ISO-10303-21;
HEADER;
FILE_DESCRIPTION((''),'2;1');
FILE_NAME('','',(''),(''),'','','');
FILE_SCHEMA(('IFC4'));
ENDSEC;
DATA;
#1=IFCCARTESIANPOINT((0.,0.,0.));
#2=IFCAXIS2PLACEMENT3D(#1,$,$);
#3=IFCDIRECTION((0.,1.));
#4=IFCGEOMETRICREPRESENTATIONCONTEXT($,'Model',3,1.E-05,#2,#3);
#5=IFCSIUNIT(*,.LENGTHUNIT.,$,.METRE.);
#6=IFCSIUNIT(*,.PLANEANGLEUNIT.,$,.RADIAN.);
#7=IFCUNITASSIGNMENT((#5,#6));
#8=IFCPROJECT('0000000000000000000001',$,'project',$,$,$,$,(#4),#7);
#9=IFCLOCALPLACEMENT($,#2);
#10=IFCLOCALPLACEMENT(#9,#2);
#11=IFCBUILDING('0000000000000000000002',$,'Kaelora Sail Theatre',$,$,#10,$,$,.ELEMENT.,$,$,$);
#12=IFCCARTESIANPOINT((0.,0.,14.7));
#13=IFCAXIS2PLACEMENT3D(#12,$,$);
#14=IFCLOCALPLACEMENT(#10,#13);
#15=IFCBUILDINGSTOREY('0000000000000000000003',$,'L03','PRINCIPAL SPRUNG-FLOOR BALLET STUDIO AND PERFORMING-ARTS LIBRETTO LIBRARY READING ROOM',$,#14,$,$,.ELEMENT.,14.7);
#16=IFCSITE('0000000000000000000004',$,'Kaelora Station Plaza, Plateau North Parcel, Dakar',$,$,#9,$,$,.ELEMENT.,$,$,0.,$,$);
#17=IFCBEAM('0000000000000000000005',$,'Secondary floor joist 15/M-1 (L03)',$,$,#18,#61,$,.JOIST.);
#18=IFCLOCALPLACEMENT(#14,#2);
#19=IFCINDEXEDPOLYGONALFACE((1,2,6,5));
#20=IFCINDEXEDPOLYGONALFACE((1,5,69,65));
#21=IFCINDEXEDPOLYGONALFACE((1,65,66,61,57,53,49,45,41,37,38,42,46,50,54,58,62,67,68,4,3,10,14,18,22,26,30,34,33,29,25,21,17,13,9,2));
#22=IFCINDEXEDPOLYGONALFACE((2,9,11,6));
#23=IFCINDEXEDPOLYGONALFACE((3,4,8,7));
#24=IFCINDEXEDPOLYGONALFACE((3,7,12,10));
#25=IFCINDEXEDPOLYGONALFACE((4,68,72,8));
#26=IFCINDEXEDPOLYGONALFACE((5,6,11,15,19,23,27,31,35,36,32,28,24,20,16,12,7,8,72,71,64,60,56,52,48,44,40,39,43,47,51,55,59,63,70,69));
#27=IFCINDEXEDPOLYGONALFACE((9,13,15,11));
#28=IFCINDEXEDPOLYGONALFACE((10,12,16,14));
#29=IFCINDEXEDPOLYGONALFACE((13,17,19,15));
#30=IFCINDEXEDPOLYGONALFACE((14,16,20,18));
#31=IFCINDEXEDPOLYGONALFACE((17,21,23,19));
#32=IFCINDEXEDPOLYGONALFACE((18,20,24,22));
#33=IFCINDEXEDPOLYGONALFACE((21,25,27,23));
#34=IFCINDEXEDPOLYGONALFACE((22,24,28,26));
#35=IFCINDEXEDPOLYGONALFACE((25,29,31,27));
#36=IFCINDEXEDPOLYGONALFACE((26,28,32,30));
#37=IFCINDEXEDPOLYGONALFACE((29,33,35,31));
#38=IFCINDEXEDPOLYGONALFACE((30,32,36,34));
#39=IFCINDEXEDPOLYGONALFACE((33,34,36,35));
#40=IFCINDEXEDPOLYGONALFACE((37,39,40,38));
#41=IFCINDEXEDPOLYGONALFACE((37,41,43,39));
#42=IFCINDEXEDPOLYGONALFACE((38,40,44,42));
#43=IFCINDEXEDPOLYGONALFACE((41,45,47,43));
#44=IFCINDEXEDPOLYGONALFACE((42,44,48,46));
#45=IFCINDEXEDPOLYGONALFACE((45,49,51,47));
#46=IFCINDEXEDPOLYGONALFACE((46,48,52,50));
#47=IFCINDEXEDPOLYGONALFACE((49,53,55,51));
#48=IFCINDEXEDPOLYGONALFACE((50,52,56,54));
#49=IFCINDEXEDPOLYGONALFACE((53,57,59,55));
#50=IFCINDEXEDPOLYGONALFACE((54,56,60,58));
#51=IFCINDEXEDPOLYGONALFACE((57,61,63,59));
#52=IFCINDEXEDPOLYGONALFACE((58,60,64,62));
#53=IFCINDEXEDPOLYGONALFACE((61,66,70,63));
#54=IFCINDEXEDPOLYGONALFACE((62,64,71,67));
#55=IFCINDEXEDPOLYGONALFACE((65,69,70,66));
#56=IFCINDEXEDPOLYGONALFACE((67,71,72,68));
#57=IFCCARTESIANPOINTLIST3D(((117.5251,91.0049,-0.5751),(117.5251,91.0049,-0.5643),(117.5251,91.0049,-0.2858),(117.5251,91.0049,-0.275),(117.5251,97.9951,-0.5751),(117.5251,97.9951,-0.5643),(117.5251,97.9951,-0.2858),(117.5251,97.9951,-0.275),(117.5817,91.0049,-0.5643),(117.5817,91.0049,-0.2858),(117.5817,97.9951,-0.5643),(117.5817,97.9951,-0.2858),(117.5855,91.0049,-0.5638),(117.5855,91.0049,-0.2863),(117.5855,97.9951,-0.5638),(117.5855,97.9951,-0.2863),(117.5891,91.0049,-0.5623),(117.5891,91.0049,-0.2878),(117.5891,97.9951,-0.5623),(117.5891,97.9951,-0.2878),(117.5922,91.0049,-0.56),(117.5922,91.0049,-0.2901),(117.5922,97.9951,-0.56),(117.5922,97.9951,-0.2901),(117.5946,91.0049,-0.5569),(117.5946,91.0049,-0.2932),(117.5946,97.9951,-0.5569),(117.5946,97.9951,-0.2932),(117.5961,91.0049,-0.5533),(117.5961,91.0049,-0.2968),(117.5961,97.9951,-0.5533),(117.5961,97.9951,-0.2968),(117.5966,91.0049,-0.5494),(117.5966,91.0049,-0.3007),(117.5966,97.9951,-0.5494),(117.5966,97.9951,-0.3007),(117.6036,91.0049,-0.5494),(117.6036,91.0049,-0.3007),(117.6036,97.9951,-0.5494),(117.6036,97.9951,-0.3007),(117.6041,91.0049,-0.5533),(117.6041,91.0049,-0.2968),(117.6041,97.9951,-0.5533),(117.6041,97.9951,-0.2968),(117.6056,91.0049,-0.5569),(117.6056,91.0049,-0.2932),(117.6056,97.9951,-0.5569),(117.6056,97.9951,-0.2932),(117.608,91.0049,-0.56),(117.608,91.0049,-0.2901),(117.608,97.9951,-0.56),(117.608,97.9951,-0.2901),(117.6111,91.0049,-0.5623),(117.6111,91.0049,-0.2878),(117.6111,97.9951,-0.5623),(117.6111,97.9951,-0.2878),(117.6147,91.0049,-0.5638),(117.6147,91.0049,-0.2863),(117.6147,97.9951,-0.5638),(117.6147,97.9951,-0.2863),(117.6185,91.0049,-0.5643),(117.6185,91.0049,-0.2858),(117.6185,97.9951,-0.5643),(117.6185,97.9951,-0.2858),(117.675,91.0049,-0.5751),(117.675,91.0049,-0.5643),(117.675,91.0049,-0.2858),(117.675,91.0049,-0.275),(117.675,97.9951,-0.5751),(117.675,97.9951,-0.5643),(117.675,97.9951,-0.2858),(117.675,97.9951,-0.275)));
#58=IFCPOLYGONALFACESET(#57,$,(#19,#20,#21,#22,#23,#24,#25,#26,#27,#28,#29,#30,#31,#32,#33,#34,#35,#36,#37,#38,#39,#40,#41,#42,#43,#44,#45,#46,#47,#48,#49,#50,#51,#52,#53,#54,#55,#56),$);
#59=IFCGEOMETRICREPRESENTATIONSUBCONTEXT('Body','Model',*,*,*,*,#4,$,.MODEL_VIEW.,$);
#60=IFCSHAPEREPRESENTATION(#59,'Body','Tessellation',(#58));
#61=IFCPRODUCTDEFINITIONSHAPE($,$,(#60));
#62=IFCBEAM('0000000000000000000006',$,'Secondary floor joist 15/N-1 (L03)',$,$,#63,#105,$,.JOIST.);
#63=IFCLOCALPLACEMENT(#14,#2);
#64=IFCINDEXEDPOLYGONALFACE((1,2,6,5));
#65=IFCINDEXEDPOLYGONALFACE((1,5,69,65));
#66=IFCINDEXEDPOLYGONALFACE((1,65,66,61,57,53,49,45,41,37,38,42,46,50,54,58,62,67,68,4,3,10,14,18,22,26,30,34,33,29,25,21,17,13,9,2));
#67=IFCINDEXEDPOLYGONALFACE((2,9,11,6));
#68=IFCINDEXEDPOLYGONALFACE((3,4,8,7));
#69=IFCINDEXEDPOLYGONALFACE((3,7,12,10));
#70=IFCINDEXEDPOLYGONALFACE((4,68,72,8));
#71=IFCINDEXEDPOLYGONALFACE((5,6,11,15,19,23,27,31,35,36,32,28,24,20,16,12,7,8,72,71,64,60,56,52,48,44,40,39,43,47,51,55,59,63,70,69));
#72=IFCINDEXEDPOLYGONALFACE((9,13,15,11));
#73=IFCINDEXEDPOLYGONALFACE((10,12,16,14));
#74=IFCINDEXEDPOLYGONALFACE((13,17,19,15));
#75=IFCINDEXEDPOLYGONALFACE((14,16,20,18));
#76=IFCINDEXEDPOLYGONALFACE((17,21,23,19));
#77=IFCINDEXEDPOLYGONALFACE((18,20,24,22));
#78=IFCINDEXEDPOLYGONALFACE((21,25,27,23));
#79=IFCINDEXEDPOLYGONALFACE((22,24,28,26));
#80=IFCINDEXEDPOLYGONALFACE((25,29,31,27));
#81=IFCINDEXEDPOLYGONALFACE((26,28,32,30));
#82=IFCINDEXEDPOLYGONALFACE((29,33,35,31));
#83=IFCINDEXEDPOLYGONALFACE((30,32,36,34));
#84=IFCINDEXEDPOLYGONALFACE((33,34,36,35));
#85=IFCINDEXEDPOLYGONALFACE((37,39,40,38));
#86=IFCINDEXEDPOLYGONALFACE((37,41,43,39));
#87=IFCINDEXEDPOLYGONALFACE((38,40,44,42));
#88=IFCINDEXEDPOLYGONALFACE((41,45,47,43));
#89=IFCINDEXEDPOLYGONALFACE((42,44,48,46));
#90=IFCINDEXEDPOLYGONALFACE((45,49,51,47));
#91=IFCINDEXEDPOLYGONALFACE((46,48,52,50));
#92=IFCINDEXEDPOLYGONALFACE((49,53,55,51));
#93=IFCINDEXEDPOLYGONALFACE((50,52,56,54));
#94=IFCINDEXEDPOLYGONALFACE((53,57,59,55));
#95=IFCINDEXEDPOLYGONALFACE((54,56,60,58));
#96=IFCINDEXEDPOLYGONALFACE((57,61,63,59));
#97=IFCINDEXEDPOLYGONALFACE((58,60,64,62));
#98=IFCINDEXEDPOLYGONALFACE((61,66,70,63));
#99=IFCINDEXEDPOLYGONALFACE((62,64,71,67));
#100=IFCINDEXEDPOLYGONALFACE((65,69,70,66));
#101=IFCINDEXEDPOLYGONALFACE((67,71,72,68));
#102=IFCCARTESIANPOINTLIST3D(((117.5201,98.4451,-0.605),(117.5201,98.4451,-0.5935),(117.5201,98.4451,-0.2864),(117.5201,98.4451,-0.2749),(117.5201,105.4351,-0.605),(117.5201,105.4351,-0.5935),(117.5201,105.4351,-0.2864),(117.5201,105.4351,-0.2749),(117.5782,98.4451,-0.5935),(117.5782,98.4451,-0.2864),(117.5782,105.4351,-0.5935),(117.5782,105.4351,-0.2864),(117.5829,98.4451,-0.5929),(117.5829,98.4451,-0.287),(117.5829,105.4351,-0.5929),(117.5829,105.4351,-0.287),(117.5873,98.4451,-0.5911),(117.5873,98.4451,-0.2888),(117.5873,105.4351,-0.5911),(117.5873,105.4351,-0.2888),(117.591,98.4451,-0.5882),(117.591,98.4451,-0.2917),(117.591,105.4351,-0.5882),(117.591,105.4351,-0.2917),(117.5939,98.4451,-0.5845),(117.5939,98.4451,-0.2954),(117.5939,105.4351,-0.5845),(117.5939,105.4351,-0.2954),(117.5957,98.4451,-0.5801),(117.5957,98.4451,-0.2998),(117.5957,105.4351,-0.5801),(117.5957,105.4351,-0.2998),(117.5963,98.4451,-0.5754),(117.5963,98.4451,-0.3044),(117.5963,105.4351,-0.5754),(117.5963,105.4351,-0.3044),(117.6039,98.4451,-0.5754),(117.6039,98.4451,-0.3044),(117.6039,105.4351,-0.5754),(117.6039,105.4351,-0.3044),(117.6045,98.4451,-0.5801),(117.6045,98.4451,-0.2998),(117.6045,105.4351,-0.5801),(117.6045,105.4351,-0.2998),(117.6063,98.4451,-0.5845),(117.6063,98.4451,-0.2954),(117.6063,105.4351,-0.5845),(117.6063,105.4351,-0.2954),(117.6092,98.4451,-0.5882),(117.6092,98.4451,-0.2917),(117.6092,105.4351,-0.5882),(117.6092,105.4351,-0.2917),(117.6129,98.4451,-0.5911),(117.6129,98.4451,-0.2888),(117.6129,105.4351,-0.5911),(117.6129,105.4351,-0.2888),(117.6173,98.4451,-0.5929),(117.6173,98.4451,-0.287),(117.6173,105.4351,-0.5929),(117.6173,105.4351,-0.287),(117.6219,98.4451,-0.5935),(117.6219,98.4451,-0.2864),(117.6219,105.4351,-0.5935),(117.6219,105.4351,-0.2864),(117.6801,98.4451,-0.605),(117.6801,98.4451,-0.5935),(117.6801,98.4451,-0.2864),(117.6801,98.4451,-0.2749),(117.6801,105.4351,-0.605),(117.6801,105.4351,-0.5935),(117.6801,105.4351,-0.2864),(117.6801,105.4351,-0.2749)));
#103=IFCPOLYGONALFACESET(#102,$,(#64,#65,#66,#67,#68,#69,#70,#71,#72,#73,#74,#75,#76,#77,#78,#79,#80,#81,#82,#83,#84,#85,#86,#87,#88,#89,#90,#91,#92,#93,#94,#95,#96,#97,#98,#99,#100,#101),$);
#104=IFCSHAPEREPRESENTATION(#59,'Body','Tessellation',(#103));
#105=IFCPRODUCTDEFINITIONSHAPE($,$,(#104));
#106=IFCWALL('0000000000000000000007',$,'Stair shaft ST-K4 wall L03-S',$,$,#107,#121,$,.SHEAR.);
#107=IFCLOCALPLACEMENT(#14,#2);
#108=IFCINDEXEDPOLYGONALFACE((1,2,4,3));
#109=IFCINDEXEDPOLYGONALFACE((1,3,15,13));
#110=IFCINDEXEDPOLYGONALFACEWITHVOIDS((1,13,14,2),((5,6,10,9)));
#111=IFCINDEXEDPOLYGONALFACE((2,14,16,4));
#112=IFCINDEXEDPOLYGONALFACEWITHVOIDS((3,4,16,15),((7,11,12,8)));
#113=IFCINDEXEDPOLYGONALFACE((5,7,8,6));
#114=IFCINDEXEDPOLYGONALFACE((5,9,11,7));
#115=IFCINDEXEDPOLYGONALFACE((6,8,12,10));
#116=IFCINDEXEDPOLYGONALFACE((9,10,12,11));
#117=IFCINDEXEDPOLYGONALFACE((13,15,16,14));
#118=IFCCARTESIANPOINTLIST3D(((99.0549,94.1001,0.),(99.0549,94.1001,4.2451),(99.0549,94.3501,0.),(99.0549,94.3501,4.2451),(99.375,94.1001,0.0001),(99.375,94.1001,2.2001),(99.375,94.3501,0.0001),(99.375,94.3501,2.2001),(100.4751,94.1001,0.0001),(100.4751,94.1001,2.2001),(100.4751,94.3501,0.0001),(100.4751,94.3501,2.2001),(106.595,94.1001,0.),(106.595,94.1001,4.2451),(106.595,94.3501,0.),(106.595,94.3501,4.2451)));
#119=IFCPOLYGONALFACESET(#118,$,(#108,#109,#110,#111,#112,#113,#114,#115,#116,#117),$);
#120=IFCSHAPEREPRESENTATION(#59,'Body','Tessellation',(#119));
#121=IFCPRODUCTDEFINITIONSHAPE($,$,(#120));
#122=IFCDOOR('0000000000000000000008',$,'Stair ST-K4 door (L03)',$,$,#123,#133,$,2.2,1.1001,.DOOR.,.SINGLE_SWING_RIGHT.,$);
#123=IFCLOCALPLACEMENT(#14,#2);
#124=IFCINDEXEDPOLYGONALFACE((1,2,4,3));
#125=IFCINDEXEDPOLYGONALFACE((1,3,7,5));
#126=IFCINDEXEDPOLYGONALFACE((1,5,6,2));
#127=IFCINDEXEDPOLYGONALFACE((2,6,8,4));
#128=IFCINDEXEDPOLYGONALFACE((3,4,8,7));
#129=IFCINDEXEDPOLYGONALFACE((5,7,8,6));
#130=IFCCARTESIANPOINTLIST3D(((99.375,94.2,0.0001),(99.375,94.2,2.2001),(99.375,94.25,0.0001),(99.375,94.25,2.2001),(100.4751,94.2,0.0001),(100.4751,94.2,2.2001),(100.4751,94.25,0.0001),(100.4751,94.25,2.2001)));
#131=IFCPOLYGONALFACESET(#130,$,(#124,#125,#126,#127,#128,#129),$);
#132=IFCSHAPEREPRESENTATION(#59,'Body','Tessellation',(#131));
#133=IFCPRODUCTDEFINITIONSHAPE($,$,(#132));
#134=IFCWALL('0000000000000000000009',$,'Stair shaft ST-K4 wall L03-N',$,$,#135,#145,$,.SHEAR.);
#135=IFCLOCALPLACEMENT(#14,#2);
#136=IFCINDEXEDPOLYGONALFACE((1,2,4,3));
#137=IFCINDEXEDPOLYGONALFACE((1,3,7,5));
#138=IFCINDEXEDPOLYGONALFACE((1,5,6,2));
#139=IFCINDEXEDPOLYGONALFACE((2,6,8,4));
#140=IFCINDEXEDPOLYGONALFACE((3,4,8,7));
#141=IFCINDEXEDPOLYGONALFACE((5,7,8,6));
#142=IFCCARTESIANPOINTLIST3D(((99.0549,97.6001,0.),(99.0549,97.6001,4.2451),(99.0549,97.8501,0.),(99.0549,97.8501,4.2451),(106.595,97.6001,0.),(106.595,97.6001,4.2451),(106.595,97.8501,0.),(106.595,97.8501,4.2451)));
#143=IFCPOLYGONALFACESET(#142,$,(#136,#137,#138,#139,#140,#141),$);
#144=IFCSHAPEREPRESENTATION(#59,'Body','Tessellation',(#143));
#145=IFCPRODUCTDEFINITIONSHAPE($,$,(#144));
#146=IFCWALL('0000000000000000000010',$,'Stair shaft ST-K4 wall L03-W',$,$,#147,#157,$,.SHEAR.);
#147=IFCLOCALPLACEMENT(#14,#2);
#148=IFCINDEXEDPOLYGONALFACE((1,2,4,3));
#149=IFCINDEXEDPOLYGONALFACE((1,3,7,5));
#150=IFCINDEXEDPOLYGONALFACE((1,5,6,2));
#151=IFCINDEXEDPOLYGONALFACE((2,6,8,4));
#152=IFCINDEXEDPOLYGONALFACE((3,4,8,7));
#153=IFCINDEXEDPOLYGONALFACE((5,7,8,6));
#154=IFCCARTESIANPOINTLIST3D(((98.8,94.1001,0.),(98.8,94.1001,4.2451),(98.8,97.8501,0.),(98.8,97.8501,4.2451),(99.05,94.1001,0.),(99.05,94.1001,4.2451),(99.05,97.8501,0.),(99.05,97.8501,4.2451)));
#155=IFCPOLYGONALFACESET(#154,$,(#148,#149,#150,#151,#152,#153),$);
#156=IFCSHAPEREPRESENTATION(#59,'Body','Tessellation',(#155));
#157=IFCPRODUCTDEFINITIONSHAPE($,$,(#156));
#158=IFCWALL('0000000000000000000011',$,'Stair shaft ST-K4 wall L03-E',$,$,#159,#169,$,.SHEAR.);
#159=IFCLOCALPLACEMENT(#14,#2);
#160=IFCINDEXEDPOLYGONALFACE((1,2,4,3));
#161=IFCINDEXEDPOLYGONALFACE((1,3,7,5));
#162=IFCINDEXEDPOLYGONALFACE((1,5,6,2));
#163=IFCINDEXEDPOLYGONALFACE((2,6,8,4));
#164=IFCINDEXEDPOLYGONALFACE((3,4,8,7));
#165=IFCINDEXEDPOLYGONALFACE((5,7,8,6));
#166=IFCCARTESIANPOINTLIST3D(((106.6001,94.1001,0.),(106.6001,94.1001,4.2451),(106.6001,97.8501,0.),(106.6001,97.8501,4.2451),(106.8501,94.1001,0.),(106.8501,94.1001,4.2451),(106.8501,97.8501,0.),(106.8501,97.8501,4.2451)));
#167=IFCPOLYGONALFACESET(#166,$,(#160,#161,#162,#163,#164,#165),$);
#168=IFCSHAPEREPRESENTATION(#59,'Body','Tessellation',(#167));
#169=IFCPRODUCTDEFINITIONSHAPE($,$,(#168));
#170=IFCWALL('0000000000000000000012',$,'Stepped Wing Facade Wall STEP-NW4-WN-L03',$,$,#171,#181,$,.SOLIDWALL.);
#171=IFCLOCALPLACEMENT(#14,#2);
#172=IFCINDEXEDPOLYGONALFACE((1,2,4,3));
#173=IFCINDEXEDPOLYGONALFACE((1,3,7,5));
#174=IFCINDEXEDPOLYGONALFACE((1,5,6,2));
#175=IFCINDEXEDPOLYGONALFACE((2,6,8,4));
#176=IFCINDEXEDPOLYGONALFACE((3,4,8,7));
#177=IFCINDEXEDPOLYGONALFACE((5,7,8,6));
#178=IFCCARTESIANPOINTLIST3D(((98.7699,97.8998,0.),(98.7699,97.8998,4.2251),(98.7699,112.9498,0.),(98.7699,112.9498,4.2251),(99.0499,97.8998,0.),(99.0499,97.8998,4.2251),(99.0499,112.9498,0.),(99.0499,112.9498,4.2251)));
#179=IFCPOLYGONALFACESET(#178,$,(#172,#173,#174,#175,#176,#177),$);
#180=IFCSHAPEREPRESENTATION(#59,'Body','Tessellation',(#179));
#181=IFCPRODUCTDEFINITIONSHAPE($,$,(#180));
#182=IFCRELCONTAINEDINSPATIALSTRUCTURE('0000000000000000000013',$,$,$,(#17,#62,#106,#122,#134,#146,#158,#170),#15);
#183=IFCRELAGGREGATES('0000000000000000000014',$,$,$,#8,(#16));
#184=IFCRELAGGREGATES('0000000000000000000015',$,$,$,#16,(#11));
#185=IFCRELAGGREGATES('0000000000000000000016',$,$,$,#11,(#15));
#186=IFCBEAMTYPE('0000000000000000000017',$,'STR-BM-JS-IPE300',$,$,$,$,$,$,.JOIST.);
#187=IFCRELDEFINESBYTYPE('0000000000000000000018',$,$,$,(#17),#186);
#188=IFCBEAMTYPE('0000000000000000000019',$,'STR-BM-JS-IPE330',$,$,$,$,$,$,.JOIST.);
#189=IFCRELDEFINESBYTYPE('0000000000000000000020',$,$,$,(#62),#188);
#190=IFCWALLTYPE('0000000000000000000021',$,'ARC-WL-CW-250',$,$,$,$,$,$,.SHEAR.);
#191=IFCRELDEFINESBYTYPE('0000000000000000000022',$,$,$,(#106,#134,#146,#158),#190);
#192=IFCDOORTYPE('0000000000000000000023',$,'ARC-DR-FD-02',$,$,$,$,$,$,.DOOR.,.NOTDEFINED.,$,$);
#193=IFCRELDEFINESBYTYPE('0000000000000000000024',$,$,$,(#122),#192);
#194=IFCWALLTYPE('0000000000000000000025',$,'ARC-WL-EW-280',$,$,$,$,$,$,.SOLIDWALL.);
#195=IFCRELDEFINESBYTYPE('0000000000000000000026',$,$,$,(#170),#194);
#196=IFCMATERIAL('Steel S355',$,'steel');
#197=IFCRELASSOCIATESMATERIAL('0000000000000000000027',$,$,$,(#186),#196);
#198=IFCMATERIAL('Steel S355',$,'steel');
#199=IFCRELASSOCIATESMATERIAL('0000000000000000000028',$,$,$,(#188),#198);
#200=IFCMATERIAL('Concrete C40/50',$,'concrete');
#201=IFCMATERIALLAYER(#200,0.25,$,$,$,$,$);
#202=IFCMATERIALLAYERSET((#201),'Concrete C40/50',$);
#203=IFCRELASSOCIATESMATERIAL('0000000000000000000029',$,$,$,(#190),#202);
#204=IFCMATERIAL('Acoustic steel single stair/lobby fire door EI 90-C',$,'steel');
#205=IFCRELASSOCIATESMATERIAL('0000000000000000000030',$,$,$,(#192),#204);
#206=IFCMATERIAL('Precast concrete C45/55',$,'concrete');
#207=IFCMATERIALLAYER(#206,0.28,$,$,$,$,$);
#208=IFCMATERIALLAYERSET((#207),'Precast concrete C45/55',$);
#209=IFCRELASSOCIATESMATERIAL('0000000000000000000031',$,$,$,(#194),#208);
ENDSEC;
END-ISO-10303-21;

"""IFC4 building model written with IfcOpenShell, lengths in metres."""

from ifc_helpers import new_model, si_unit, direction, frame, frame_2d, origin, origin_2d, place, context, subcontext, project, spatial, rectangle, i_section, extrude, material, layer, layer_set, material_profile, profile_set, type_object, element, fill, save


model = new_model("IFC4")

# Units and contexts
model_context = context("Model", 3, precision=1e-05, world=origin(), true_north=direction((0.0, 1.0)))
body_context = subcontext(model_context, "Body", "Model", "MODEL_VIEW")
ifc_project = project(units=[si_unit("LENGTHUNIT", "METRE"), si_unit("PLANEANGLEUNIT", "RADIAN")], contexts=[model_context])

# Site, building, storey
site_placement = place(None, origin())
site = spatial("IfcSite", under=ifc_project, at=site_placement, Name="Kaelora Station Plaza, Plateau North Parcel, Dakar", CompositionType="ELEMENT", RefElevation=0.0)
building_placement = place(site_placement, origin())
building = spatial("IfcBuilding", under=site, at=building_placement, Name="Kaelora Sail Theatre", CompositionType="ELEMENT")
storey_placement = place(building_placement, frame((0.0, 0.0, 14.7)))
storey = spatial("IfcBuildingStorey", under=building, at=storey_placement, Name="L03", Description="PRINCIPAL SPRUNG-FLOOR BALLET STUDIO AND PERFORMING-ARTS LIBRETTO LIBRARY READING ROOM", CompositionType="ELEMENT", Elevation=14.7)

# Beams
ifc_material_1 = material(Name="Steel S355", Category="steel")
ifc_material_profile_1 = material_profile(ifc_material_1, i_section(OverallWidth=0.1499, OverallDepth=0.3, WebThickness=0.0071, FlangeThickness=0.0107, FilletRadius=0.0149, at=origin_2d()), Name="IPE 300")
ifc_profile_set_1 = profile_set([ifc_material_profile_1], Name="Steel S355")
beam_type_1 = type_object("IfcBeamType", Name="STR-BM-JS-IPE300", PredefinedType="JOIST", material=ifc_profile_set_1)
beam_1_placement = place(storey_placement, frame((117.6001, 91.0049, -0.425), z_axis=(0.0, 1.0, 0.0), x_axis=(-1.0, 0.0, 0.0)))
element("IfcBeam", 1, at=beam_1_placement, inside=storey, type_object=beam_type_1, Name="Secondary floor joist 15/M-1 (L03)", PredefinedType="JOIST", context=body_context, shape_type="SweptSolid", body=[
    extrude(i_section(OverallWidth=0.1499, OverallDepth=0.3, WebThickness=0.0071, FlangeThickness=0.0107, FilletRadius=0.0149, at=origin_2d()), origin(), (0.0, 0.0, 1.0), 6.9902),
])
ifc_material_2 = material(Name="Steel S355", Category="steel")
ifc_material_profile_2 = material_profile(ifc_material_2, i_section(OverallWidth=0.1599, OverallDepth=0.3301, WebThickness=0.0076, FlangeThickness=0.0115, FilletRadius=0.0181, at=origin_2d()), Name="IPE 330")
ifc_profile_set_2 = profile_set([ifc_material_profile_2], Name="Steel S355")
beam_type_2 = type_object("IfcBeamType", Name="STR-BM-JS-IPE330", PredefinedType="JOIST", material=ifc_profile_set_2)
beam_2_placement = place(storey_placement, frame((117.6001, 98.4451, -0.4399), z_axis=(0.0, 1.0, 0.0), x_axis=(-1.0, 0.0, 0.0)))
element("IfcBeam", 2, at=beam_2_placement, inside=storey, type_object=beam_type_2, Name="Secondary floor joist 15/N-1 (L03)", PredefinedType="JOIST", context=body_context, shape_type="SweptSolid", body=[
    extrude(i_section(OverallWidth=0.1599, OverallDepth=0.3301, WebThickness=0.0076, FlangeThickness=0.0115, FilletRadius=0.0181, at=origin_2d()), origin(), (0.0, 0.0, 1.0), 6.99),
])

# Wall, opening, door
ifc_material_3 = material(Name="Concrete C40/50", Category="concrete")
ifc_layer_1 = layer(ifc_material_3, 0.25)
ifc_layer_set_1 = layer_set([ifc_layer_1], Name="Concrete C40/50")
wall_type_1 = type_object("IfcWallType", Name="ARC-WL-CW-250", PredefinedType="SHEAR", material=ifc_layer_set_1)
wall_1_placement = place(storey_placement, frame((99.0549, 94.2251, 0.0), z_axis=(0.0, 0.0, 1.0), x_axis=(1.0, 0.0, 0.0)))
wall_1 = element("IfcWall", 3, at=wall_1_placement, inside=storey, type_object=wall_type_1, Name="Stair shaft ST-K4 wall L03-S", PredefinedType="SHEAR", context=body_context, shape_type="SweptSolid", body=[
    extrude(rectangle(XDim=7.54, YDim=0.25, at=frame_2d((3.77, 0.0))), origin(), (0.0, 0.0, 1.0), 4.2451),
])
opening_1_placement = place(wall_1_placement, frame((0.3201, 0.0, 0.0)))
opening_1 = element("IfcOpeningElement", 4, at=opening_1_placement, cuts=wall_1, PredefinedType="OPENING", context=body_context, shape_type="SweptSolid", body=[
    extrude(rectangle(XDim=1.1001, YDim=2.2, at=frame_2d((0.55, 1.1001))), frame((0.0, 0.135, 0.0), z_axis=(0.0, -1.0, 0.0), x_axis=(1.0, 0.0, 0.0)), (0.0, 0.0, 1.0), 0.27),
])
ifc_material_4 = material(Name="Acoustic steel single stair/lobby fire door EI 90-C", Category="steel")
door_type_1 = type_object("IfcDoorType", Name="ARC-DR-FD-02", OperationType="NOTDEFINED", PredefinedType="DOOR", material=ifc_material_4)
door_1_placement = place(opening_1_placement, origin())
door_1 = element("IfcDoor", 5, at=door_1_placement, inside=storey, type_object=door_type_1, Name="Stair ST-K4 door (L03)", OperationType="SINGLE_SWING_RIGHT", OverallHeight=2.2, OverallWidth=1.1001, PredefinedType="DOOR", context=body_context, shape_type="SweptSolid", body=[
    extrude(rectangle(XDim=1.1001, YDim=2.2, at=frame_2d((0.55, 1.1001))), frame((0.0, 0.0249, 0.0), z_axis=(0.0, -1.0, 0.0), x_axis=(1.0, 0.0, 0.0)), (0.0, 0.0, 1.0), 0.05),
])
fill(opening_1, door_1)

# Walls
wall_2_placement = place(storey_placement, frame((99.0549, 97.7251, 0.0), z_axis=(0.0, 0.0, 1.0), x_axis=(1.0, 0.0, 0.0)))
element("IfcWall", 6, at=wall_2_placement, inside=storey, type_object=wall_type_1, Name="Stair shaft ST-K4 wall L03-N", PredefinedType="SHEAR", context=body_context, shape_type="SweptSolid", body=[
    extrude(rectangle(XDim=7.54, YDim=0.25, at=frame_2d((3.77, 0.0))), origin(), (0.0, 0.0, 1.0), 4.2451),
])
for number, where, z_axis, x_axis, name in (
    (7, (98.925, 94.1001, 0.0), (0.0, 0.0, 1.0), (0.0, 1.0, 0.0), "Stair shaft ST-K4 wall L03-W"),
    (8, (106.7251, 94.1001, 0.0), (0.0, 0.0, 1.0), (0.0, 1.0, 0.0), "Stair shaft ST-K4 wall L03-E"),
):
    element("IfcWall", number, at=place(storey_placement, frame(where, z_axis=z_axis, x_axis=x_axis)), inside=storey, type_object=wall_type_1, Name=name, PredefinedType="SHEAR", context=body_context, shape_type="SweptSolid", body=[
        extrude(rectangle(XDim=3.75, YDim=0.25, at=frame_2d((1.875, 0.0))), origin(), (0.0, 0.0, 1.0), 4.2451),
    ])
ifc_material_5 = material(Name="Precast concrete C45/55", Category="concrete")
ifc_layer_2 = layer(ifc_material_5, 0.28)
ifc_layer_set_2 = layer_set([ifc_layer_2], Name="Precast concrete C45/55")
wall_type_2 = type_object("IfcWallType", Name="ARC-WL-EW-280", PredefinedType="SOLIDWALL", material=ifc_layer_set_2)
wall_3_placement = place(storey_placement, frame((98.9099, 97.8999, 0.0), z_axis=(0.0, 0.0, 1.0), x_axis=(0.0, 1.0, 0.0)))
element("IfcWall", 9, at=wall_3_placement, inside=storey, type_object=wall_type_2, Name="Stepped Wing Facade Wall STEP-NW4-WN-L03", PredefinedType="SOLIDWALL", context=body_context, shape_type="SweptSolid", body=[
    extrude(rectangle(XDim=15.05, YDim=0.28, at=frame_2d((7.5249, 0.0))), origin(), (0.0, 0.0, 1.0), 4.2251),
])

save(model, "model.ifc")
